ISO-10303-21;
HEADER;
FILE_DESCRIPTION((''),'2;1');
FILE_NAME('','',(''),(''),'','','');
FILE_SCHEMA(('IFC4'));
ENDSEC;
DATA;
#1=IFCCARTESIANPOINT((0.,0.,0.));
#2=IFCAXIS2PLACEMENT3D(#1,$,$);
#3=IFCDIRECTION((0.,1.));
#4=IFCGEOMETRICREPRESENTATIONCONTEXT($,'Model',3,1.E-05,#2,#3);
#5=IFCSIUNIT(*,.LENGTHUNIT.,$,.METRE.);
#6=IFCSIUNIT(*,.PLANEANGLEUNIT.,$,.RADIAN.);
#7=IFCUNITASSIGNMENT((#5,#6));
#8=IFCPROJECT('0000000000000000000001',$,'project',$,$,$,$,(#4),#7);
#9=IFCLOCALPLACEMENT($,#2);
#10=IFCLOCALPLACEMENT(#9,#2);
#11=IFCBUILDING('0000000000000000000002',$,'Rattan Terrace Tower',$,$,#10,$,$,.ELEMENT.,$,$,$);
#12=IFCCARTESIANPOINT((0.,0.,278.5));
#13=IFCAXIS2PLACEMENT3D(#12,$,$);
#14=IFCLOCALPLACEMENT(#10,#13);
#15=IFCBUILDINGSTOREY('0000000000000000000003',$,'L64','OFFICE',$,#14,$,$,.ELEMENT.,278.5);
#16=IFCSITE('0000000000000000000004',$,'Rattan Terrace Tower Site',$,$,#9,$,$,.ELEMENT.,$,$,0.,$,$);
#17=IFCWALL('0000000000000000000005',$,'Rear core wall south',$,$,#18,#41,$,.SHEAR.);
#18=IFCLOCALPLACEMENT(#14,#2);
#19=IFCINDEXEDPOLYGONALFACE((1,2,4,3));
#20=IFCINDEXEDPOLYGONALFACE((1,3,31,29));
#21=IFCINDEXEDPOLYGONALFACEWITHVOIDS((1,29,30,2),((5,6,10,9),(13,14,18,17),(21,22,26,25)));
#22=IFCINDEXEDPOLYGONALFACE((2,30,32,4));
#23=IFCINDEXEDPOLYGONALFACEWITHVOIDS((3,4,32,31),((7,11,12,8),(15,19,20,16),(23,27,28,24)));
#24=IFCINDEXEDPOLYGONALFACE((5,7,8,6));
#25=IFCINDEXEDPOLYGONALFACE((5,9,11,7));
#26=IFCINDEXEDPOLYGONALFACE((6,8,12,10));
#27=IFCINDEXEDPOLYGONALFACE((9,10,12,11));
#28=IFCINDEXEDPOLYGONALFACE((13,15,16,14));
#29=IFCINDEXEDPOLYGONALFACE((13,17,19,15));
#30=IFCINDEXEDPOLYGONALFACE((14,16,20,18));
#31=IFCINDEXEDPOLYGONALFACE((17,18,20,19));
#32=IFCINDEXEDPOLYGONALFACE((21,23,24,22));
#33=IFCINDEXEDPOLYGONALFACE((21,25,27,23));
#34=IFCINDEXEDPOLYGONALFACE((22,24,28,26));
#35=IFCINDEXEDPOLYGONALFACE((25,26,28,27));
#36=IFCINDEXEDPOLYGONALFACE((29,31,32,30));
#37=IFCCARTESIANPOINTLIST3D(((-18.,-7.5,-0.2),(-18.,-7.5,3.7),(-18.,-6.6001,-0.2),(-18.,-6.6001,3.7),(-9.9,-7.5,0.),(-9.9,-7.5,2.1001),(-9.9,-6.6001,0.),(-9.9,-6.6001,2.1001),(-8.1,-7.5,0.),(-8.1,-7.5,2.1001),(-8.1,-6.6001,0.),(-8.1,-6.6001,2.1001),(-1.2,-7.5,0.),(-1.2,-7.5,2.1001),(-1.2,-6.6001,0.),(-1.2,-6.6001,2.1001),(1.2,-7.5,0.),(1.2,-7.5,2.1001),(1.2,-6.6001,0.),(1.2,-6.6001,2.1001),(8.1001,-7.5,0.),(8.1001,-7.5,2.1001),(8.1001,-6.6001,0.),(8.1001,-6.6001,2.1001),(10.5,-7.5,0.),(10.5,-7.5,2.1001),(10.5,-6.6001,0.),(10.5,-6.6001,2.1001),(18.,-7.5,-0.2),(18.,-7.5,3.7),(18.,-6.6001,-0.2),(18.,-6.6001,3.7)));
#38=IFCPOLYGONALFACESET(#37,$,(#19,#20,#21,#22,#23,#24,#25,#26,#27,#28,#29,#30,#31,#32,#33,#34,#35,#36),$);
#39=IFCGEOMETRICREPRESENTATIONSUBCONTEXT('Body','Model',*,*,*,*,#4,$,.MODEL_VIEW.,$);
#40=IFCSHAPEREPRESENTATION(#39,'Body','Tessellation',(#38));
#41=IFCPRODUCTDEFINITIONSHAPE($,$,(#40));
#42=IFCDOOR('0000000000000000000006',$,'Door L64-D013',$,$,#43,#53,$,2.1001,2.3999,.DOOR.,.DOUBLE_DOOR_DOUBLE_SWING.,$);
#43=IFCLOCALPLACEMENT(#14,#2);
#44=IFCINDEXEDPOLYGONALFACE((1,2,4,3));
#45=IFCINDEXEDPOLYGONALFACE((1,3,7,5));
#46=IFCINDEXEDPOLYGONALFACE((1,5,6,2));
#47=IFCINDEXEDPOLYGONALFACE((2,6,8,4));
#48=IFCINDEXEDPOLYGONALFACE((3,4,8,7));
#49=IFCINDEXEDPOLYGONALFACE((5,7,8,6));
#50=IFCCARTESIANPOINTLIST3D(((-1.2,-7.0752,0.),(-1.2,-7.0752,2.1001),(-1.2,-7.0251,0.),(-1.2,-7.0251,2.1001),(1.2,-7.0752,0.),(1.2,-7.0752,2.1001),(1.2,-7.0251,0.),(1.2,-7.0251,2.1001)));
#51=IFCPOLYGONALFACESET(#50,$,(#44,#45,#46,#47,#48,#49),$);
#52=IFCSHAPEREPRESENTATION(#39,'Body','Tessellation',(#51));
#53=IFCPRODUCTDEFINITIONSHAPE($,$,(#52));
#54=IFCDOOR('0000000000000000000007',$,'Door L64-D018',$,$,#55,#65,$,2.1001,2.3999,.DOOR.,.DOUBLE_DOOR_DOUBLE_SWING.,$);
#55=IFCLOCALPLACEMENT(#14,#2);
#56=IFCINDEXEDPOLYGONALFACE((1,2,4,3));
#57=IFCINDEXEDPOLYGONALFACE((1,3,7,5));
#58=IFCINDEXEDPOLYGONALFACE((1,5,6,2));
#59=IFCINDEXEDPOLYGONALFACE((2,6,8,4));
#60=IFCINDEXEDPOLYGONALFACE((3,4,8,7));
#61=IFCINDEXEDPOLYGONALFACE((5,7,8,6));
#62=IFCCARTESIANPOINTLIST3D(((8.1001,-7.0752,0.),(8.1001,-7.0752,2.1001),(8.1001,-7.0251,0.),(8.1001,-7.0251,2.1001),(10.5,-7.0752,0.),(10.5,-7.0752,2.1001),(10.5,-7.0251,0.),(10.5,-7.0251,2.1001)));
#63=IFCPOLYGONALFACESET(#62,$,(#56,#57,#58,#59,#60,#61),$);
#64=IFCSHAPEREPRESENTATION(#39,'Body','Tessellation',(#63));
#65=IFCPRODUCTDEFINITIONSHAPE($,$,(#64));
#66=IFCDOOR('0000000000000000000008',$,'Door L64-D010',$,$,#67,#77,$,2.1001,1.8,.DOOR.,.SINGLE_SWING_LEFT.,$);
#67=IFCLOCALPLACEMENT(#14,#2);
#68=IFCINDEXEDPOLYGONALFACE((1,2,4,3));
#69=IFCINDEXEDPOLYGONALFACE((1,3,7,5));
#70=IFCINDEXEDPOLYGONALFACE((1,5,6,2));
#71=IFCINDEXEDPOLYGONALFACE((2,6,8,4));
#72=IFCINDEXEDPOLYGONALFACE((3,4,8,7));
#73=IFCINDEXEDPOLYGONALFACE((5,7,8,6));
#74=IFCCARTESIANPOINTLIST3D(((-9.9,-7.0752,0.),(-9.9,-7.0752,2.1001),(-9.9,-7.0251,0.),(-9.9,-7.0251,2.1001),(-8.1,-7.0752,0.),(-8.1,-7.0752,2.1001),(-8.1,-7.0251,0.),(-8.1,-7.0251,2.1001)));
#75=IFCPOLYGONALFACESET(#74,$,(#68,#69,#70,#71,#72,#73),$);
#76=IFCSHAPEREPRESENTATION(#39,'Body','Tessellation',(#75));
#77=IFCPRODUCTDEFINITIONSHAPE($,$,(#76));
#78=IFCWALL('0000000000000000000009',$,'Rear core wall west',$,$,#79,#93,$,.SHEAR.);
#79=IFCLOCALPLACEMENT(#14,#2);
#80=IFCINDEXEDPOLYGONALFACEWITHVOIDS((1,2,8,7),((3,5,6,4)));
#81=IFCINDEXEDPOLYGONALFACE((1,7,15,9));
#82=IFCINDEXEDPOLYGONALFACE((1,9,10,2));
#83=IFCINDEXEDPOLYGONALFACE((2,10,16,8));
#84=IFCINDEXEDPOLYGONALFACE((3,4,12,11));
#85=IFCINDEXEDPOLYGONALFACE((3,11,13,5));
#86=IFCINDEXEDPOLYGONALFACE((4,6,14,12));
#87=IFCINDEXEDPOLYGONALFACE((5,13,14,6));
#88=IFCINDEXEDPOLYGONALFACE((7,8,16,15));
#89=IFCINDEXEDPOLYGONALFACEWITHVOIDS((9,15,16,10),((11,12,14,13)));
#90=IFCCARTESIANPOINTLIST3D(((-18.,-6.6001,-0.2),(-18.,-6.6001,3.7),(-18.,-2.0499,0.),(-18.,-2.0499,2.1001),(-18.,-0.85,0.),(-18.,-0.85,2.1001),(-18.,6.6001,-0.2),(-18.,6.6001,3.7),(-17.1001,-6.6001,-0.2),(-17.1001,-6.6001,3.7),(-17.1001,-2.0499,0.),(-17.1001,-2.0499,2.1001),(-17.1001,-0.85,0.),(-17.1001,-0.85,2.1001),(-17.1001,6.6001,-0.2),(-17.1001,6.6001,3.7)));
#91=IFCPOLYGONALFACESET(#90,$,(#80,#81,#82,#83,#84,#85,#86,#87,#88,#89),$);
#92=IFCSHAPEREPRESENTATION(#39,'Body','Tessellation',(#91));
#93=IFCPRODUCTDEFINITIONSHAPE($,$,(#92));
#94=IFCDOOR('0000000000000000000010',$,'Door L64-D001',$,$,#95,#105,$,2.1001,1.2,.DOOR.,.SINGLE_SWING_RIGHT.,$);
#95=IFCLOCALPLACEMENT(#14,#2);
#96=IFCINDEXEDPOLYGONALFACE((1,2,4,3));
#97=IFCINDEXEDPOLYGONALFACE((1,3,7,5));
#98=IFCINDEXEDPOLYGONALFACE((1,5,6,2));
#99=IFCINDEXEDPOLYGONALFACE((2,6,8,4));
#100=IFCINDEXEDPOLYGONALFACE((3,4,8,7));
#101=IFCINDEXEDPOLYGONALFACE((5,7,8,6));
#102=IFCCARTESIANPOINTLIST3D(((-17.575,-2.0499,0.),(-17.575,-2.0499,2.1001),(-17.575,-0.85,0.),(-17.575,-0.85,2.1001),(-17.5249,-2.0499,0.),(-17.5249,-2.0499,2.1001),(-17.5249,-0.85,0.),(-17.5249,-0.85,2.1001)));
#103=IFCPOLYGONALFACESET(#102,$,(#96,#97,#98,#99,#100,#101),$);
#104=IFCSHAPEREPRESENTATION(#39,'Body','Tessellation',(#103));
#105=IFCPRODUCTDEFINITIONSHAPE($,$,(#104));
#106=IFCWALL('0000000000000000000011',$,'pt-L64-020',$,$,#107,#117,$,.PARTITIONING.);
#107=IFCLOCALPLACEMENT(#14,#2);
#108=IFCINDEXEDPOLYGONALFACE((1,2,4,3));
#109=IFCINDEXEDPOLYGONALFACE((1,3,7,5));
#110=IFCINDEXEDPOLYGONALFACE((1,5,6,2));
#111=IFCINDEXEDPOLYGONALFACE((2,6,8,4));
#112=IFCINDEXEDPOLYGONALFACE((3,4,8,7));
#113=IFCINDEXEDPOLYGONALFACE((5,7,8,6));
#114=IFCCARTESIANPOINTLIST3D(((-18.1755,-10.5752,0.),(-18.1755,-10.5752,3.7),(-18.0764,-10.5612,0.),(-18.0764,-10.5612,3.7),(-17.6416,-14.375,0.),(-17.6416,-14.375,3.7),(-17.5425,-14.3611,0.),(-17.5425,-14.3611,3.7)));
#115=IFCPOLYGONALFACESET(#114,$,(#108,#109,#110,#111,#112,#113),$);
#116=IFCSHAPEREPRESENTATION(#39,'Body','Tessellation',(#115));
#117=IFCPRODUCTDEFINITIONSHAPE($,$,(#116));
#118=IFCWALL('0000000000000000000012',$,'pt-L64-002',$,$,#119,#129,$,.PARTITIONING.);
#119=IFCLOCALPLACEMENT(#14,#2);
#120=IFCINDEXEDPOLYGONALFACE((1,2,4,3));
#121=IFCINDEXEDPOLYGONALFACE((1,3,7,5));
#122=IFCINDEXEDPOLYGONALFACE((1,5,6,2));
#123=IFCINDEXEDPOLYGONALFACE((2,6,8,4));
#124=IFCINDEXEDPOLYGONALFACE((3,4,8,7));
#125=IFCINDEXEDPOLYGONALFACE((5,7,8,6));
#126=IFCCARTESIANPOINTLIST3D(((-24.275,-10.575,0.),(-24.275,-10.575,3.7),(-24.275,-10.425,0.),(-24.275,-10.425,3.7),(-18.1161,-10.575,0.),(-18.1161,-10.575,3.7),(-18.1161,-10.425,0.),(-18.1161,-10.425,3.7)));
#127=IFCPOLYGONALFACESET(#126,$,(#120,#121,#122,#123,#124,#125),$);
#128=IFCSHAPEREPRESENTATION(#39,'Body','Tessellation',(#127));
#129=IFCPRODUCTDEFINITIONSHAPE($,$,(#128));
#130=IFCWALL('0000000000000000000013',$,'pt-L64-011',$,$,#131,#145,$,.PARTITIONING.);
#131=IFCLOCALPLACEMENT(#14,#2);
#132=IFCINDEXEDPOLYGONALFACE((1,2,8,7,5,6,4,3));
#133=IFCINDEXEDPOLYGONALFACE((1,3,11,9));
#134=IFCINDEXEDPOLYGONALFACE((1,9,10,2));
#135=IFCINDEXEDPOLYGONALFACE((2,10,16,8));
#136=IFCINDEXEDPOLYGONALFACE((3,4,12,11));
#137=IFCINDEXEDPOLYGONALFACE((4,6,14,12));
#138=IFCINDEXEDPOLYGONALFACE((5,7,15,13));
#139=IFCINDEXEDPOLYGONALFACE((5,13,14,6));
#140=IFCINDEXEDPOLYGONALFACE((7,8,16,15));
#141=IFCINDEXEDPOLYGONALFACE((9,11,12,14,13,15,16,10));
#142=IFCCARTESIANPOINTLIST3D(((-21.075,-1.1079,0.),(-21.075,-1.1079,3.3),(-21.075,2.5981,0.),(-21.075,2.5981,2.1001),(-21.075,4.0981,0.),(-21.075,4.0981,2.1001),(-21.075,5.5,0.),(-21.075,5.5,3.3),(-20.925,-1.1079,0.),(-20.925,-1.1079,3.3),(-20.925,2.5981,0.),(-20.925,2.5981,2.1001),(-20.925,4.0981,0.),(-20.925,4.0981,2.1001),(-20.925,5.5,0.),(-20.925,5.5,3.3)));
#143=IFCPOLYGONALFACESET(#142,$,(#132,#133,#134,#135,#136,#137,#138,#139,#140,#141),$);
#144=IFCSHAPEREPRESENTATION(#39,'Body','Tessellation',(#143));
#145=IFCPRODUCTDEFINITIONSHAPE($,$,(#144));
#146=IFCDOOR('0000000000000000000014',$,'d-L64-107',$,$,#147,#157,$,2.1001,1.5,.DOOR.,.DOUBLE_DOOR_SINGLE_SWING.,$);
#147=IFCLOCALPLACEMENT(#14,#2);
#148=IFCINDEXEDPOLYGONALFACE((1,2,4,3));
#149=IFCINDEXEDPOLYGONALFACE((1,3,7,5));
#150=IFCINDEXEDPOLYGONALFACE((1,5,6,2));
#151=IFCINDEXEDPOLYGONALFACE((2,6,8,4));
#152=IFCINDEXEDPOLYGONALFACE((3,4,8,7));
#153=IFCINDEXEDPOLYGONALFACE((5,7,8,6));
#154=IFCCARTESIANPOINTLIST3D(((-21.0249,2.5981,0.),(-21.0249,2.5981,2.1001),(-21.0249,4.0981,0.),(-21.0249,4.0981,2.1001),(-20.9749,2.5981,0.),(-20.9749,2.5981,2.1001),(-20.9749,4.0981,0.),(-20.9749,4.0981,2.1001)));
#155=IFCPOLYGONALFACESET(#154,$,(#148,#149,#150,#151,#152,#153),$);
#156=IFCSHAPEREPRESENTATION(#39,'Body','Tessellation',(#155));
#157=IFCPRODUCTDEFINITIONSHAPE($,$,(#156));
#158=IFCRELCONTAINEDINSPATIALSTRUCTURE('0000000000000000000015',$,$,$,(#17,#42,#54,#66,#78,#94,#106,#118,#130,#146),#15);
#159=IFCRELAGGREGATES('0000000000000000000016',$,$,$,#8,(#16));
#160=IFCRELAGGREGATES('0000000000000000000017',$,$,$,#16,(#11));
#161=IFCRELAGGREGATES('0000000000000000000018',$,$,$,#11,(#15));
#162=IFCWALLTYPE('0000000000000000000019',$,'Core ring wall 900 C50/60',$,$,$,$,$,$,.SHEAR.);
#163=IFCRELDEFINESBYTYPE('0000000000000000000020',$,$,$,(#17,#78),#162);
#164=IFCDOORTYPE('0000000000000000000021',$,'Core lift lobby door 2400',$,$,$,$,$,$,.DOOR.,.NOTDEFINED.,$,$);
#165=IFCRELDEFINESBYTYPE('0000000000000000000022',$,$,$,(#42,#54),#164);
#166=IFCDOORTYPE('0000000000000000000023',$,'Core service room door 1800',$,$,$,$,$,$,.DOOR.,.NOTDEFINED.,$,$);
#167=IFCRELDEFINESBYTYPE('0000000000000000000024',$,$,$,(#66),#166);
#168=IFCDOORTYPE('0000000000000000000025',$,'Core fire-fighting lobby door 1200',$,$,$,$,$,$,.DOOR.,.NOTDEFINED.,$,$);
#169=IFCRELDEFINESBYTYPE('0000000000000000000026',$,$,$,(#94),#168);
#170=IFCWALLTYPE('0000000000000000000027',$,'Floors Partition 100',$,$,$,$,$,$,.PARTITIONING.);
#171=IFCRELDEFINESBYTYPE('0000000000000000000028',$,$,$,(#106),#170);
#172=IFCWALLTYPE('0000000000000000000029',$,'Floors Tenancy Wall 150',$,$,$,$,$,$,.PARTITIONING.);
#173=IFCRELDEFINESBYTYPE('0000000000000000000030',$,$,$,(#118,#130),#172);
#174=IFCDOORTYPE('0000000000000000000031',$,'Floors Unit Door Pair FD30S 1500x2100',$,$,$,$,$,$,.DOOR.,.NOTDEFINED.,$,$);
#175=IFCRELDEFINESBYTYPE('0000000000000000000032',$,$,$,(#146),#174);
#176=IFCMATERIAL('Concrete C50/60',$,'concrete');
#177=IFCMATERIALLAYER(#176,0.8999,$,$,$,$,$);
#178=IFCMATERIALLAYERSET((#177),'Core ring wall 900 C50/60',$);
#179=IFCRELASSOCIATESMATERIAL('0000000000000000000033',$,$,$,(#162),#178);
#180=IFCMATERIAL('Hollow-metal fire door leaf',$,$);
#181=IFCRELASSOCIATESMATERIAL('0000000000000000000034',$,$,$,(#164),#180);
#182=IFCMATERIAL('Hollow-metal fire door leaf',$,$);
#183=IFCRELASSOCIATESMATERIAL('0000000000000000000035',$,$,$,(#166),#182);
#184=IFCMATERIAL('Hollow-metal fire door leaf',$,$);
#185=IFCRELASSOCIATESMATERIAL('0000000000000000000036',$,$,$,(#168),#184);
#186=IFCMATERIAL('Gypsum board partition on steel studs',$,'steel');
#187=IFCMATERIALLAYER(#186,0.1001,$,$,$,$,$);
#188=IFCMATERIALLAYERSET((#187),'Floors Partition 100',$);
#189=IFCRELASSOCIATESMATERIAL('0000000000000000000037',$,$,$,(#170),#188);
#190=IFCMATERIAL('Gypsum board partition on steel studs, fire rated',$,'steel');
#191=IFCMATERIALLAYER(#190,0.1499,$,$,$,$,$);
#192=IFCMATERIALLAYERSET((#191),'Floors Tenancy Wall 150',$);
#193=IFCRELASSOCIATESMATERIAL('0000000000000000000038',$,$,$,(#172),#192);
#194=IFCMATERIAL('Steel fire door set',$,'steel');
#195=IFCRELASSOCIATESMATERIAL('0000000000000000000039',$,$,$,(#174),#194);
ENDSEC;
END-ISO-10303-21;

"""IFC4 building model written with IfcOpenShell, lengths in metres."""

from ifc_helpers import new_model, si_unit, direction, frame, frame_2d, origin, place, context, subcontext, project, spatial, rectangle, extrude, material, layer, layer_set, type_object, element, fill, save


model = new_model("IFC4")

# Units and contexts
model_context = context("Model", 3, precision=1e-05, world=origin(), true_north=direction((0.0, 1.0)))
body_context = subcontext(model_context, "Body", "Model", "MODEL_VIEW")
ifc_project = project(units=[si_unit("LENGTHUNIT", "METRE"), si_unit("PLANEANGLEUNIT", "RADIAN")], contexts=[model_context])

# Site, building, storey
site_placement = place(None, origin())
site = spatial("IfcSite", under=ifc_project, at=site_placement, Name="Rattan Terrace Tower Site", CompositionType="ELEMENT", RefElevation=0.0)
building_placement = place(site_placement, origin())
building = spatial("IfcBuilding", under=site, at=building_placement, Name="Rattan Terrace Tower", CompositionType="ELEMENT")
storey_placement = place(building_placement, frame((0.0, 0.0, 278.5)))
storey = spatial("IfcBuildingStorey", under=building, at=storey_placement, Name="L64", Description="OFFICE", CompositionType="ELEMENT", Elevation=278.5)

# Wall, openings, doors
ifc_material_1 = material(Name="Concrete C50/60", Category="concrete")
ifc_layer_1 = layer(ifc_material_1, 0.8999)
ifc_layer_set_1 = layer_set([ifc_layer_1], Name="Core ring wall 900 C50/60")
wall_type_1 = type_object("IfcWallType", Name="Core ring wall 900 C50/60", PredefinedType="SHEAR", material=ifc_layer_set_1)
wall_1_placement = place(storey_placement, frame((-18.0, -7.05, -0.2), z_axis=(0.0, 0.0, 1.0), x_axis=(1.0, 0.0, 0.0)))
wall_1 = element("IfcWall", 1, at=wall_1_placement, inside=storey, type_object=wall_type_1, Name="Rear core wall south", PredefinedType="SHEAR", context=body_context, shape_type="SweptSolid", body=[
    extrude(rectangle(XDim=36.0, YDim=0.8999, at=frame_2d((18.0, 0.0))), origin(), (0.0, 0.0, 1.0), 3.8999),
])
opening_1_placement = place(wall_1_placement, frame((8.1001, 0.0, 0.2)))
opening_1 = element("IfcOpeningElement", 2, at=opening_1_placement, cuts=wall_1, PredefinedType="OPENING", context=body_context, shape_type="SweptSolid", body=[
    extrude(rectangle(XDim=1.8, YDim=2.1001, at=frame_2d((0.8999, 1.05))), frame((0.0, 0.4604, 0.0), z_axis=(0.0, -1.0, 0.0), x_axis=(1.0, 0.0, 0.0)), (0.0, 0.0, 1.0), 0.9209),
])
opening_2_placement = place(wall_1_placement, frame((16.8, 0.0, 0.2)))
opening_2 = element("IfcOpeningElement", 3, at=opening_2_placement, cuts=wall_1, PredefinedType="OPENING", context=body_context, shape_type="SweptSolid", body=[
    extrude(rectangle(XDim=2.3999, YDim=2.1001, at=frame_2d((1.2, 1.05))), frame((0.0, 0.4604, 0.0), z_axis=(0.0, -1.0, 0.0), x_axis=(1.0, 0.0, 0.0)), (0.0, 0.0, 1.0), 0.9209),
])
opening_3_placement = place(wall_1_placement, frame((26.1001, 0.0, 0.2)))
opening_3 = element("IfcOpeningElement", 4, at=opening_3_placement, cuts=wall_1, PredefinedType="OPENING", context=body_context, shape_type="SweptSolid", body=[
    extrude(rectangle(XDim=2.3999, YDim=2.1001, at=frame_2d((1.2, 1.05))), frame((0.0, 0.4604, 0.0), z_axis=(0.0, -1.0, 0.0), x_axis=(1.0, 0.0, 0.0)), (0.0, 0.0, 1.0), 0.9209),
])
ifc_material_2 = material(Name="Hollow-metal fire door leaf")
door_type_1 = type_object("IfcDoorType", Name="Core lift lobby door 2400", OperationType="NOTDEFINED", PredefinedType="DOOR", material=ifc_material_2)
door_1_placement = place(opening_2_placement, origin())
door_1 = element("IfcDoor", 5, at=door_1_placement, inside=storey, type_object=door_type_1, Name="Door L64-D013", OperationType="DOUBLE_DOOR_DOUBLE_SWING", OverallHeight=2.1001, OverallWidth=2.3999, PredefinedType="DOOR", context=body_context, shape_type="SweptSolid", body=[
    extrude(rectangle(XDim=2.3999, YDim=2.1001, at=frame_2d((1.2, 1.05))), frame((0.0, 0.0249, 0.0), z_axis=(0.0, -1.0, 0.0), x_axis=(1.0, 0.0, 0.0)), (0.0, 0.0, 1.0), 0.05),
])
fill(opening_2, door_1)
door_2_placement = place(opening_3_placement, origin())
door_2 = element("IfcDoor", 6, at=door_2_placement, inside=storey, type_object=door_type_1, Name="Door L64-D018", OperationType="DOUBLE_DOOR_DOUBLE_SWING", OverallHeight=2.1001, OverallWidth=2.3999, PredefinedType="DOOR", context=body_context, shape_type="SweptSolid", body=[
    extrude(rectangle(XDim=2.3999, YDim=2.1001, at=frame_2d((1.2, 1.05))), frame((0.0, 0.0249, 0.0), z_axis=(0.0, -1.0, 0.0), x_axis=(1.0, 0.0, 0.0)), (0.0, 0.0, 1.0), 0.05),
])
fill(opening_3, door_2)
ifc_material_3 = material(Name="Hollow-metal fire door leaf")
door_type_2 = type_object("IfcDoorType", Name="Core service room door 1800", OperationType="NOTDEFINED", PredefinedType="DOOR", material=ifc_material_3)
door_3_placement = place(opening_1_placement, origin())
door_3 = element("IfcDoor", 7, at=door_3_placement, inside=storey, type_object=door_type_2, Name="Door L64-D010", OperationType="SINGLE_SWING_LEFT", OverallHeight=2.1001, OverallWidth=1.8, PredefinedType="DOOR", context=body_context, shape_type="SweptSolid", body=[
    extrude(rectangle(XDim=1.8, YDim=2.1001, at=frame_2d((0.8999, 1.05))), frame((0.0, 0.0249, 0.0), z_axis=(0.0, -1.0, 0.0), x_axis=(1.0, 0.0, 0.0)), (0.0, 0.0, 1.0), 0.05),
])
fill(opening_1, door_3)

# Wall, opening, door
wall_2_placement = place(storey_placement, frame((-17.55, -6.6001, -0.2), z_axis=(0.0, 0.0, 1.0), x_axis=(0.0, 1.0, 0.0)))
wall_2 = element("IfcWall", 8, at=wall_2_placement, inside=storey, type_object=wall_type_1, Name="Rear core wall west", PredefinedType="SHEAR", context=body_context, shape_type="SweptSolid", body=[
    extrude(rectangle(XDim=13.2002, YDim=0.8999, at=frame_2d((6.6001, 0.0))), origin(), (0.0, 0.0, 1.0), 3.8999),
])
opening_4_placement = place(wall_2_placement, frame((4.55, 0.0, 0.2)))
opening_4 = element("IfcOpeningElement", 9, at=opening_4_placement, cuts=wall_2, PredefinedType="OPENING", context=body_context, shape_type="SweptSolid", body=[
    extrude(rectangle(XDim=1.2, YDim=2.1001, at=frame_2d((0.6001, 1.05))), frame((0.0, 0.4604, 0.0), z_axis=(0.0, -1.0, 0.0), x_axis=(1.0, 0.0, 0.0)), (0.0, 0.0, 1.0), 0.9209),
])
ifc_material_4 = material(Name="Hollow-metal fire door leaf")
door_type_3 = type_object("IfcDoorType", Name="Core fire-fighting lobby door 1200", OperationType="NOTDEFINED", PredefinedType="DOOR", material=ifc_material_4)
door_4_placement = place(opening_4_placement, origin())
door_4 = element("IfcDoor", 10, at=door_4_placement, inside=storey, type_object=door_type_3, Name="Door L64-D001", OperationType="SINGLE_SWING_RIGHT", OverallHeight=2.1001, OverallWidth=1.2, PredefinedType="DOOR", context=body_context, shape_type="SweptSolid", body=[
    extrude(rectangle(XDim=1.2, YDim=2.1001, at=frame_2d((0.6001, 1.05))), frame((0.0, 0.0249, 0.0), z_axis=(0.0, -1.0, 0.0), x_axis=(1.0, 0.0, 0.0)), (0.0, 0.0, 1.0), 0.05),
])
fill(opening_4, door_4)

# Walls
ifc_material_5 = material(Name="Gypsum board partition on steel studs", Category="steel")
ifc_layer_2 = layer(ifc_material_5, 0.1001)
ifc_layer_set_2 = layer_set([ifc_layer_2], Name="Floors Partition 100")
wall_type_2 = type_object("IfcWallType", Name="Floors Partition 100", PredefinedType="PARTITIONING", material=ifc_layer_set_2)
wall_3_placement = place(storey_placement, frame((-17.592, -14.3679, 0.0), z_axis=(0.0, 0.0, 1.0), x_axis=(-0.13915, 0.990271, 0.0)))
element("IfcWall", 11, at=wall_3_placement, inside=storey, type_object=wall_type_2, Name="pt-L64-020", PredefinedType="PARTITIONING", context=body_context, shape_type="SweptSolid", body=[
    extrude(rectangle(XDim=3.8372, YDim=0.1001, at=frame_2d((1.9185, 0.0))), origin(), (0.0, 0.0, 1.0), 3.7),
])
ifc_material_6 = material(Name="Gypsum board partition on steel studs, fire rated", Category="steel")
ifc_layer_3 = layer(ifc_material_6, 0.1499)
ifc_layer_set_3 = layer_set([ifc_layer_3], Name="Floors Tenancy Wall 150")
wall_type_3 = type_object("IfcWallType", Name="Floors Tenancy Wall 150", PredefinedType="PARTITIONING", material=ifc_layer_set_3)
wall_4_placement = place(storey_placement, frame((-18.116, -10.5, 0.0), z_axis=(0.0, 0.0, 1.0), x_axis=(-1.0, 0.0, 0.0)))
element("IfcWall", 12, at=wall_4_placement, inside=storey, type_object=wall_type_3, Name="pt-L64-002", PredefinedType="PARTITIONING", context=body_context, shape_type="SweptSolid", body=[
    extrude(rectangle(XDim=6.1589, YDim=0.1499, at=frame_2d((3.0796, 0.0))), origin(), (0.0, 0.0, 1.0), 3.7),
])

# Wall, opening, door
wall_5_placement = place(storey_placement, frame((-21.0, -1.1079, 0.0), z_axis=(0.0, 0.0, 1.0), x_axis=(0.0, 1.0, 0.0)))
wall_5 = element("IfcWall", 13, at=wall_5_placement, inside=storey, type_object=wall_type_3, Name="pt-L64-011", PredefinedType="PARTITIONING", context=body_context, shape_type="SweptSolid", body=[
    extrude(rectangle(XDim=6.6079, YDim=0.1499, at=frame_2d((3.304, 0.0))), origin(), (0.0, 0.0, 1.0), 3.3),
])
opening_5_placement = place(wall_5_placement, frame((3.7061, 0.0, 0.0)))
opening_5 = element("IfcOpeningElement", 14, at=opening_5_placement, cuts=wall_5, PredefinedType="OPENING", context=body_context, shape_type="SweptSolid", body=[
    extrude(rectangle(XDim=1.5, YDim=2.1001, at=frame_2d((0.75, 1.05))), frame((0.0, 0.0854, 0.0), z_axis=(0.0, -1.0, 0.0), x_axis=(1.0, 0.0, 0.0)), (0.0, 0.0, 1.0), 0.1709),
])
ifc_material_7 = material(Name="Steel fire door set", Category="steel")
door_type_4 = type_object("IfcDoorType", Name="Floors Unit Door Pair FD30S 1500x2100", OperationType="NOTDEFINED", PredefinedType="DOOR", material=ifc_material_7)
door_5_placement = place(opening_5_placement, origin())
door_5 = element("IfcDoor", 15, at=door_5_placement, inside=storey, type_object=door_type_4, Name="d-L64-107", OperationType="DOUBLE_DOOR_SINGLE_SWING", OverallHeight=2.1001, OverallWidth=1.5, PredefinedType="DOOR", context=body_context, shape_type="SweptSolid", body=[
    extrude(rectangle(XDim=1.5, YDim=2.1001, at=frame_2d((0.75, 1.05))), frame((0.0, 0.0249, 0.0), z_axis=(0.0, -1.0, 0.0), x_axis=(1.0, 0.0, 0.0)), (0.0, 0.0, 1.0), 0.05),
])
fill(opening_5, door_5)

save(model, "model.ifc")
